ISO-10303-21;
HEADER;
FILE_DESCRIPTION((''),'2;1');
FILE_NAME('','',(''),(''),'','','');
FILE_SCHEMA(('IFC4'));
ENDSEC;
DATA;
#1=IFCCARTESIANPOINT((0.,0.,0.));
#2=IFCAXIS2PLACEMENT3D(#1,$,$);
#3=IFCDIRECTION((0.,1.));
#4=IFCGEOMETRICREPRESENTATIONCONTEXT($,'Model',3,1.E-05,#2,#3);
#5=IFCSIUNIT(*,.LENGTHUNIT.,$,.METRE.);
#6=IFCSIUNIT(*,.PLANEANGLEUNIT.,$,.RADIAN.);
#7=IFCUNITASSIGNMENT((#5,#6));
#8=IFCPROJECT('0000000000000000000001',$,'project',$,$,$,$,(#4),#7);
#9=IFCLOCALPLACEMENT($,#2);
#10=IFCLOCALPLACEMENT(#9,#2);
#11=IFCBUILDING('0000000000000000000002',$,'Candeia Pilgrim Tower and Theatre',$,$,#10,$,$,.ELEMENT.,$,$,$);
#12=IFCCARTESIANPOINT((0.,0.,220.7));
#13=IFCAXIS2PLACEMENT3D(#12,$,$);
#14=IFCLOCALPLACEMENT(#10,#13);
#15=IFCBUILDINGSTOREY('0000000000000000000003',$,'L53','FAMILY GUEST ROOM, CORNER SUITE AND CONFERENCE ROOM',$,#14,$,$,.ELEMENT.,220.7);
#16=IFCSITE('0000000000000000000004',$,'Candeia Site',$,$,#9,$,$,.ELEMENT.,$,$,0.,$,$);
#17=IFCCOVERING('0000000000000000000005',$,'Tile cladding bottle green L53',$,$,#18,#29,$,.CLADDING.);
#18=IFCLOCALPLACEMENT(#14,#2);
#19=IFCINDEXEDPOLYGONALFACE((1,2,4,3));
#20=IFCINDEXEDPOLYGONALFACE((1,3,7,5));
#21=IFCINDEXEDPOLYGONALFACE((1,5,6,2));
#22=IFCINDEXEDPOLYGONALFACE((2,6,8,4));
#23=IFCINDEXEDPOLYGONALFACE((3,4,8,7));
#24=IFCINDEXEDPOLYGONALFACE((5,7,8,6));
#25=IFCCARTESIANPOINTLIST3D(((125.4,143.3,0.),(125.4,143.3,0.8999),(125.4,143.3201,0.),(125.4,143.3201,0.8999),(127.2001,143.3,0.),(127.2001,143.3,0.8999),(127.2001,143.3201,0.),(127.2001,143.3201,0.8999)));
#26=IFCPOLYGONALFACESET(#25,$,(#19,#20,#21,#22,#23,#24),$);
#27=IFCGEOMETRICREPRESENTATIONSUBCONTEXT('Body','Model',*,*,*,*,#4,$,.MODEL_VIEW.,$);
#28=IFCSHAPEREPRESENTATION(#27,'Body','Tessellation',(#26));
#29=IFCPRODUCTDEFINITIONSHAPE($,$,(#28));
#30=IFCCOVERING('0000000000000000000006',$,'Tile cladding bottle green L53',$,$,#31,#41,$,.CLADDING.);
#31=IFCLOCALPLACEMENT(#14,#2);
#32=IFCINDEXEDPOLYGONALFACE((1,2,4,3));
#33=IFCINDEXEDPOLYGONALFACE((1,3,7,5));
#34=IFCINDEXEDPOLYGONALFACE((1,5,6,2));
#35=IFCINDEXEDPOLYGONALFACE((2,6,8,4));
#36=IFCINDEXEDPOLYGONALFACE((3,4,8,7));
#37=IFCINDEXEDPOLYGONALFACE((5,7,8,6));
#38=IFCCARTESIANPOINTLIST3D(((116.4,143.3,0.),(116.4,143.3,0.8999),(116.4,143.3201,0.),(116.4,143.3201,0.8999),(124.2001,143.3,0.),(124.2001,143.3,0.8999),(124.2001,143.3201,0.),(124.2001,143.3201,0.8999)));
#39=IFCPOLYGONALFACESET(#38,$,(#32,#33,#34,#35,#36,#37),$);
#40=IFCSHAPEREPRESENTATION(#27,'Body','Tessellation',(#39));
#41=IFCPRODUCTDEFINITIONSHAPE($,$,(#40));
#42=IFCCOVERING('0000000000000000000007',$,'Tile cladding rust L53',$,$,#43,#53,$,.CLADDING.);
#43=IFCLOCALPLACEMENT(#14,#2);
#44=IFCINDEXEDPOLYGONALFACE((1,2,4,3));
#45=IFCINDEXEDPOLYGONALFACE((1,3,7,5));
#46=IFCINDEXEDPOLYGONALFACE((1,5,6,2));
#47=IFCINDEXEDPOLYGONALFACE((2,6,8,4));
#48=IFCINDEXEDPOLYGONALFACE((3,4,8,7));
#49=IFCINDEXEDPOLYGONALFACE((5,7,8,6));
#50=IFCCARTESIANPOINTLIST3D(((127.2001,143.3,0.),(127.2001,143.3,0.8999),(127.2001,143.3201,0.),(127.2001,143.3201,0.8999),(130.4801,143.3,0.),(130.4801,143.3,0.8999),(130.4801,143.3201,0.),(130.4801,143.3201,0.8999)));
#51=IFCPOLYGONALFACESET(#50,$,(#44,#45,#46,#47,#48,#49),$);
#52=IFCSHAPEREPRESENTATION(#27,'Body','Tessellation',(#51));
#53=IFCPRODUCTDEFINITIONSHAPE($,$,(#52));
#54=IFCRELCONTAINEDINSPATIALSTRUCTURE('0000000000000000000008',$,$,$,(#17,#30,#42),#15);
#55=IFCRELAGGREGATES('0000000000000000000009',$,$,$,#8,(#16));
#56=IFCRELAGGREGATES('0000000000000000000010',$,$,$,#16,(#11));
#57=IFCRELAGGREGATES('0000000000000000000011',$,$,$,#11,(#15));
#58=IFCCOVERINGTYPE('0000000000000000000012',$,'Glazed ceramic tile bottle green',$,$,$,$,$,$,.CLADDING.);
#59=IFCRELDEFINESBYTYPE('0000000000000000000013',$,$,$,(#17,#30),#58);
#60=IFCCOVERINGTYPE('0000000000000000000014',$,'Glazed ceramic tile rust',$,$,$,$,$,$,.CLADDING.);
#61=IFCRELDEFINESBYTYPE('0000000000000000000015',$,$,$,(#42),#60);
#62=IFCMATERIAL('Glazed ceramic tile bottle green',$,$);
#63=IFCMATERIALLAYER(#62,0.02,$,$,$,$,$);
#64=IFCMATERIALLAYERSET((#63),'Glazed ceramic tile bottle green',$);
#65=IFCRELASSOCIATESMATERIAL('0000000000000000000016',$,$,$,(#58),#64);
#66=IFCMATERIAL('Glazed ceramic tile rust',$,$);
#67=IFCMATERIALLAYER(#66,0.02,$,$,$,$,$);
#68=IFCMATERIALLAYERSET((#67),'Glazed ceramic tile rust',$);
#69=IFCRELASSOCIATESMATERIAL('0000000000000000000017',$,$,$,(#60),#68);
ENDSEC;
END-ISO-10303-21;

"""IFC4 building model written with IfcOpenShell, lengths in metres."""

from ifc_helpers import new_model, si_unit, direction, frame, origin, origin_2d, place, context, subcontext, project, spatial, rectangle, extrude, material, layer, layer_set, type_object, element, save


model = new_model("IFC4")

# Units and contexts
model_context = context("Model", 3, precision=1e-05, world=origin(), true_north=direction((0.0, 1.0)))
body_context = subcontext(model_context, "Body", "Model", "MODEL_VIEW")
ifc_project = project(units=[si_unit("LENGTHUNIT", "METRE"), si_unit("PLANEANGLEUNIT", "RADIAN")], contexts=[model_context])

# Site, building, storey
site_placement = place(None, origin())
site = spatial("IfcSite", under=ifc_project, at=site_placement, Name="Candeia Site", CompositionType="ELEMENT", RefElevation=0.0)
building_placement = place(site_placement, origin())
building = spatial("IfcBuilding", under=site, at=building_placement, Name="Candeia Pilgrim Tower and Theatre", CompositionType="ELEMENT")
storey_placement = place(building_placement, frame((0.0, 0.0, 220.7)))
storey = spatial("IfcBuildingStorey", under=building, at=storey_placement, Name="L53", Description="FAMILY GUEST ROOM, CORNER SUITE AND CONFERENCE ROOM", CompositionType="ELEMENT", Elevation=220.7)

# Coverings
ifc_material_1 = material(Name="Glazed ceramic tile bottle green")
ifc_layer_1 = layer(ifc_material_1, 0.02)
ifc_layer_set_1 = layer_set([ifc_layer_1], Name="Glazed ceramic tile bottle green")
covering_type_1 = type_object("IfcCoveringType", Name="Glazed ceramic tile bottle green", PredefinedType="CLADDING", material=ifc_layer_set_1)
covering_1_placement = place(storey_placement, frame((126.3, 143.3101, 0.0), z_axis=(0.0, 0.0, 1.0), x_axis=(-1.0, 0.0, 0.0)))
element("IfcCovering", 1, at=covering_1_placement, inside=storey, type_object=covering_type_1, Name="Tile cladding bottle green L53", PredefinedType="CLADDING", context=body_context, shape_type="SweptSolid", body=[
    extrude(rectangle(XDim=1.8, YDim=0.02, at=origin_2d()), origin(), (0.0, 0.0, 1.0), 0.8999),
])
covering_2_placement = place(storey_placement, frame((120.3, 143.3101, 0.0), z_axis=(0.0, 0.0, 1.0), x_axis=(-1.0, 0.0, 0.0)))
element("IfcCovering", 2, at=covering_2_placement, inside=storey, type_object=covering_type_1, Name="Tile cladding bottle green L53", PredefinedType="CLADDING", context=body_context, shape_type="SweptSolid", body=[
    extrude(rectangle(XDim=7.8, YDim=0.02, at=origin_2d()), origin(), (0.0, 0.0, 1.0), 0.8999),
])
ifc_material_2 = material(Name="Glazed ceramic tile rust")
ifc_layer_2 = layer(ifc_material_2, 0.02)
ifc_layer_set_2 = layer_set([ifc_layer_2], Name="Glazed ceramic tile rust")
covering_type_2 = type_object("IfcCoveringType", Name="Glazed ceramic tile rust", PredefinedType="CLADDING", material=ifc_layer_set_2)
covering_3_placement = place(storey_placement, frame((128.8401, 143.3101, 0.0), z_axis=(0.0, 0.0, 1.0), x_axis=(-1.0, 0.0, 0.0)))
element("IfcCovering", 3, at=covering_3_placement, inside=storey, type_object=covering_type_2, Name="Tile cladding rust L53", PredefinedType="CLADDING", context=body_context, shape_type="SweptSolid", body=[
    extrude(rectangle(XDim=3.28, YDim=0.02, at=origin_2d()), origin(), (0.0, 0.0, 1.0), 0.8999),
])

save(model, "model.ifc")
